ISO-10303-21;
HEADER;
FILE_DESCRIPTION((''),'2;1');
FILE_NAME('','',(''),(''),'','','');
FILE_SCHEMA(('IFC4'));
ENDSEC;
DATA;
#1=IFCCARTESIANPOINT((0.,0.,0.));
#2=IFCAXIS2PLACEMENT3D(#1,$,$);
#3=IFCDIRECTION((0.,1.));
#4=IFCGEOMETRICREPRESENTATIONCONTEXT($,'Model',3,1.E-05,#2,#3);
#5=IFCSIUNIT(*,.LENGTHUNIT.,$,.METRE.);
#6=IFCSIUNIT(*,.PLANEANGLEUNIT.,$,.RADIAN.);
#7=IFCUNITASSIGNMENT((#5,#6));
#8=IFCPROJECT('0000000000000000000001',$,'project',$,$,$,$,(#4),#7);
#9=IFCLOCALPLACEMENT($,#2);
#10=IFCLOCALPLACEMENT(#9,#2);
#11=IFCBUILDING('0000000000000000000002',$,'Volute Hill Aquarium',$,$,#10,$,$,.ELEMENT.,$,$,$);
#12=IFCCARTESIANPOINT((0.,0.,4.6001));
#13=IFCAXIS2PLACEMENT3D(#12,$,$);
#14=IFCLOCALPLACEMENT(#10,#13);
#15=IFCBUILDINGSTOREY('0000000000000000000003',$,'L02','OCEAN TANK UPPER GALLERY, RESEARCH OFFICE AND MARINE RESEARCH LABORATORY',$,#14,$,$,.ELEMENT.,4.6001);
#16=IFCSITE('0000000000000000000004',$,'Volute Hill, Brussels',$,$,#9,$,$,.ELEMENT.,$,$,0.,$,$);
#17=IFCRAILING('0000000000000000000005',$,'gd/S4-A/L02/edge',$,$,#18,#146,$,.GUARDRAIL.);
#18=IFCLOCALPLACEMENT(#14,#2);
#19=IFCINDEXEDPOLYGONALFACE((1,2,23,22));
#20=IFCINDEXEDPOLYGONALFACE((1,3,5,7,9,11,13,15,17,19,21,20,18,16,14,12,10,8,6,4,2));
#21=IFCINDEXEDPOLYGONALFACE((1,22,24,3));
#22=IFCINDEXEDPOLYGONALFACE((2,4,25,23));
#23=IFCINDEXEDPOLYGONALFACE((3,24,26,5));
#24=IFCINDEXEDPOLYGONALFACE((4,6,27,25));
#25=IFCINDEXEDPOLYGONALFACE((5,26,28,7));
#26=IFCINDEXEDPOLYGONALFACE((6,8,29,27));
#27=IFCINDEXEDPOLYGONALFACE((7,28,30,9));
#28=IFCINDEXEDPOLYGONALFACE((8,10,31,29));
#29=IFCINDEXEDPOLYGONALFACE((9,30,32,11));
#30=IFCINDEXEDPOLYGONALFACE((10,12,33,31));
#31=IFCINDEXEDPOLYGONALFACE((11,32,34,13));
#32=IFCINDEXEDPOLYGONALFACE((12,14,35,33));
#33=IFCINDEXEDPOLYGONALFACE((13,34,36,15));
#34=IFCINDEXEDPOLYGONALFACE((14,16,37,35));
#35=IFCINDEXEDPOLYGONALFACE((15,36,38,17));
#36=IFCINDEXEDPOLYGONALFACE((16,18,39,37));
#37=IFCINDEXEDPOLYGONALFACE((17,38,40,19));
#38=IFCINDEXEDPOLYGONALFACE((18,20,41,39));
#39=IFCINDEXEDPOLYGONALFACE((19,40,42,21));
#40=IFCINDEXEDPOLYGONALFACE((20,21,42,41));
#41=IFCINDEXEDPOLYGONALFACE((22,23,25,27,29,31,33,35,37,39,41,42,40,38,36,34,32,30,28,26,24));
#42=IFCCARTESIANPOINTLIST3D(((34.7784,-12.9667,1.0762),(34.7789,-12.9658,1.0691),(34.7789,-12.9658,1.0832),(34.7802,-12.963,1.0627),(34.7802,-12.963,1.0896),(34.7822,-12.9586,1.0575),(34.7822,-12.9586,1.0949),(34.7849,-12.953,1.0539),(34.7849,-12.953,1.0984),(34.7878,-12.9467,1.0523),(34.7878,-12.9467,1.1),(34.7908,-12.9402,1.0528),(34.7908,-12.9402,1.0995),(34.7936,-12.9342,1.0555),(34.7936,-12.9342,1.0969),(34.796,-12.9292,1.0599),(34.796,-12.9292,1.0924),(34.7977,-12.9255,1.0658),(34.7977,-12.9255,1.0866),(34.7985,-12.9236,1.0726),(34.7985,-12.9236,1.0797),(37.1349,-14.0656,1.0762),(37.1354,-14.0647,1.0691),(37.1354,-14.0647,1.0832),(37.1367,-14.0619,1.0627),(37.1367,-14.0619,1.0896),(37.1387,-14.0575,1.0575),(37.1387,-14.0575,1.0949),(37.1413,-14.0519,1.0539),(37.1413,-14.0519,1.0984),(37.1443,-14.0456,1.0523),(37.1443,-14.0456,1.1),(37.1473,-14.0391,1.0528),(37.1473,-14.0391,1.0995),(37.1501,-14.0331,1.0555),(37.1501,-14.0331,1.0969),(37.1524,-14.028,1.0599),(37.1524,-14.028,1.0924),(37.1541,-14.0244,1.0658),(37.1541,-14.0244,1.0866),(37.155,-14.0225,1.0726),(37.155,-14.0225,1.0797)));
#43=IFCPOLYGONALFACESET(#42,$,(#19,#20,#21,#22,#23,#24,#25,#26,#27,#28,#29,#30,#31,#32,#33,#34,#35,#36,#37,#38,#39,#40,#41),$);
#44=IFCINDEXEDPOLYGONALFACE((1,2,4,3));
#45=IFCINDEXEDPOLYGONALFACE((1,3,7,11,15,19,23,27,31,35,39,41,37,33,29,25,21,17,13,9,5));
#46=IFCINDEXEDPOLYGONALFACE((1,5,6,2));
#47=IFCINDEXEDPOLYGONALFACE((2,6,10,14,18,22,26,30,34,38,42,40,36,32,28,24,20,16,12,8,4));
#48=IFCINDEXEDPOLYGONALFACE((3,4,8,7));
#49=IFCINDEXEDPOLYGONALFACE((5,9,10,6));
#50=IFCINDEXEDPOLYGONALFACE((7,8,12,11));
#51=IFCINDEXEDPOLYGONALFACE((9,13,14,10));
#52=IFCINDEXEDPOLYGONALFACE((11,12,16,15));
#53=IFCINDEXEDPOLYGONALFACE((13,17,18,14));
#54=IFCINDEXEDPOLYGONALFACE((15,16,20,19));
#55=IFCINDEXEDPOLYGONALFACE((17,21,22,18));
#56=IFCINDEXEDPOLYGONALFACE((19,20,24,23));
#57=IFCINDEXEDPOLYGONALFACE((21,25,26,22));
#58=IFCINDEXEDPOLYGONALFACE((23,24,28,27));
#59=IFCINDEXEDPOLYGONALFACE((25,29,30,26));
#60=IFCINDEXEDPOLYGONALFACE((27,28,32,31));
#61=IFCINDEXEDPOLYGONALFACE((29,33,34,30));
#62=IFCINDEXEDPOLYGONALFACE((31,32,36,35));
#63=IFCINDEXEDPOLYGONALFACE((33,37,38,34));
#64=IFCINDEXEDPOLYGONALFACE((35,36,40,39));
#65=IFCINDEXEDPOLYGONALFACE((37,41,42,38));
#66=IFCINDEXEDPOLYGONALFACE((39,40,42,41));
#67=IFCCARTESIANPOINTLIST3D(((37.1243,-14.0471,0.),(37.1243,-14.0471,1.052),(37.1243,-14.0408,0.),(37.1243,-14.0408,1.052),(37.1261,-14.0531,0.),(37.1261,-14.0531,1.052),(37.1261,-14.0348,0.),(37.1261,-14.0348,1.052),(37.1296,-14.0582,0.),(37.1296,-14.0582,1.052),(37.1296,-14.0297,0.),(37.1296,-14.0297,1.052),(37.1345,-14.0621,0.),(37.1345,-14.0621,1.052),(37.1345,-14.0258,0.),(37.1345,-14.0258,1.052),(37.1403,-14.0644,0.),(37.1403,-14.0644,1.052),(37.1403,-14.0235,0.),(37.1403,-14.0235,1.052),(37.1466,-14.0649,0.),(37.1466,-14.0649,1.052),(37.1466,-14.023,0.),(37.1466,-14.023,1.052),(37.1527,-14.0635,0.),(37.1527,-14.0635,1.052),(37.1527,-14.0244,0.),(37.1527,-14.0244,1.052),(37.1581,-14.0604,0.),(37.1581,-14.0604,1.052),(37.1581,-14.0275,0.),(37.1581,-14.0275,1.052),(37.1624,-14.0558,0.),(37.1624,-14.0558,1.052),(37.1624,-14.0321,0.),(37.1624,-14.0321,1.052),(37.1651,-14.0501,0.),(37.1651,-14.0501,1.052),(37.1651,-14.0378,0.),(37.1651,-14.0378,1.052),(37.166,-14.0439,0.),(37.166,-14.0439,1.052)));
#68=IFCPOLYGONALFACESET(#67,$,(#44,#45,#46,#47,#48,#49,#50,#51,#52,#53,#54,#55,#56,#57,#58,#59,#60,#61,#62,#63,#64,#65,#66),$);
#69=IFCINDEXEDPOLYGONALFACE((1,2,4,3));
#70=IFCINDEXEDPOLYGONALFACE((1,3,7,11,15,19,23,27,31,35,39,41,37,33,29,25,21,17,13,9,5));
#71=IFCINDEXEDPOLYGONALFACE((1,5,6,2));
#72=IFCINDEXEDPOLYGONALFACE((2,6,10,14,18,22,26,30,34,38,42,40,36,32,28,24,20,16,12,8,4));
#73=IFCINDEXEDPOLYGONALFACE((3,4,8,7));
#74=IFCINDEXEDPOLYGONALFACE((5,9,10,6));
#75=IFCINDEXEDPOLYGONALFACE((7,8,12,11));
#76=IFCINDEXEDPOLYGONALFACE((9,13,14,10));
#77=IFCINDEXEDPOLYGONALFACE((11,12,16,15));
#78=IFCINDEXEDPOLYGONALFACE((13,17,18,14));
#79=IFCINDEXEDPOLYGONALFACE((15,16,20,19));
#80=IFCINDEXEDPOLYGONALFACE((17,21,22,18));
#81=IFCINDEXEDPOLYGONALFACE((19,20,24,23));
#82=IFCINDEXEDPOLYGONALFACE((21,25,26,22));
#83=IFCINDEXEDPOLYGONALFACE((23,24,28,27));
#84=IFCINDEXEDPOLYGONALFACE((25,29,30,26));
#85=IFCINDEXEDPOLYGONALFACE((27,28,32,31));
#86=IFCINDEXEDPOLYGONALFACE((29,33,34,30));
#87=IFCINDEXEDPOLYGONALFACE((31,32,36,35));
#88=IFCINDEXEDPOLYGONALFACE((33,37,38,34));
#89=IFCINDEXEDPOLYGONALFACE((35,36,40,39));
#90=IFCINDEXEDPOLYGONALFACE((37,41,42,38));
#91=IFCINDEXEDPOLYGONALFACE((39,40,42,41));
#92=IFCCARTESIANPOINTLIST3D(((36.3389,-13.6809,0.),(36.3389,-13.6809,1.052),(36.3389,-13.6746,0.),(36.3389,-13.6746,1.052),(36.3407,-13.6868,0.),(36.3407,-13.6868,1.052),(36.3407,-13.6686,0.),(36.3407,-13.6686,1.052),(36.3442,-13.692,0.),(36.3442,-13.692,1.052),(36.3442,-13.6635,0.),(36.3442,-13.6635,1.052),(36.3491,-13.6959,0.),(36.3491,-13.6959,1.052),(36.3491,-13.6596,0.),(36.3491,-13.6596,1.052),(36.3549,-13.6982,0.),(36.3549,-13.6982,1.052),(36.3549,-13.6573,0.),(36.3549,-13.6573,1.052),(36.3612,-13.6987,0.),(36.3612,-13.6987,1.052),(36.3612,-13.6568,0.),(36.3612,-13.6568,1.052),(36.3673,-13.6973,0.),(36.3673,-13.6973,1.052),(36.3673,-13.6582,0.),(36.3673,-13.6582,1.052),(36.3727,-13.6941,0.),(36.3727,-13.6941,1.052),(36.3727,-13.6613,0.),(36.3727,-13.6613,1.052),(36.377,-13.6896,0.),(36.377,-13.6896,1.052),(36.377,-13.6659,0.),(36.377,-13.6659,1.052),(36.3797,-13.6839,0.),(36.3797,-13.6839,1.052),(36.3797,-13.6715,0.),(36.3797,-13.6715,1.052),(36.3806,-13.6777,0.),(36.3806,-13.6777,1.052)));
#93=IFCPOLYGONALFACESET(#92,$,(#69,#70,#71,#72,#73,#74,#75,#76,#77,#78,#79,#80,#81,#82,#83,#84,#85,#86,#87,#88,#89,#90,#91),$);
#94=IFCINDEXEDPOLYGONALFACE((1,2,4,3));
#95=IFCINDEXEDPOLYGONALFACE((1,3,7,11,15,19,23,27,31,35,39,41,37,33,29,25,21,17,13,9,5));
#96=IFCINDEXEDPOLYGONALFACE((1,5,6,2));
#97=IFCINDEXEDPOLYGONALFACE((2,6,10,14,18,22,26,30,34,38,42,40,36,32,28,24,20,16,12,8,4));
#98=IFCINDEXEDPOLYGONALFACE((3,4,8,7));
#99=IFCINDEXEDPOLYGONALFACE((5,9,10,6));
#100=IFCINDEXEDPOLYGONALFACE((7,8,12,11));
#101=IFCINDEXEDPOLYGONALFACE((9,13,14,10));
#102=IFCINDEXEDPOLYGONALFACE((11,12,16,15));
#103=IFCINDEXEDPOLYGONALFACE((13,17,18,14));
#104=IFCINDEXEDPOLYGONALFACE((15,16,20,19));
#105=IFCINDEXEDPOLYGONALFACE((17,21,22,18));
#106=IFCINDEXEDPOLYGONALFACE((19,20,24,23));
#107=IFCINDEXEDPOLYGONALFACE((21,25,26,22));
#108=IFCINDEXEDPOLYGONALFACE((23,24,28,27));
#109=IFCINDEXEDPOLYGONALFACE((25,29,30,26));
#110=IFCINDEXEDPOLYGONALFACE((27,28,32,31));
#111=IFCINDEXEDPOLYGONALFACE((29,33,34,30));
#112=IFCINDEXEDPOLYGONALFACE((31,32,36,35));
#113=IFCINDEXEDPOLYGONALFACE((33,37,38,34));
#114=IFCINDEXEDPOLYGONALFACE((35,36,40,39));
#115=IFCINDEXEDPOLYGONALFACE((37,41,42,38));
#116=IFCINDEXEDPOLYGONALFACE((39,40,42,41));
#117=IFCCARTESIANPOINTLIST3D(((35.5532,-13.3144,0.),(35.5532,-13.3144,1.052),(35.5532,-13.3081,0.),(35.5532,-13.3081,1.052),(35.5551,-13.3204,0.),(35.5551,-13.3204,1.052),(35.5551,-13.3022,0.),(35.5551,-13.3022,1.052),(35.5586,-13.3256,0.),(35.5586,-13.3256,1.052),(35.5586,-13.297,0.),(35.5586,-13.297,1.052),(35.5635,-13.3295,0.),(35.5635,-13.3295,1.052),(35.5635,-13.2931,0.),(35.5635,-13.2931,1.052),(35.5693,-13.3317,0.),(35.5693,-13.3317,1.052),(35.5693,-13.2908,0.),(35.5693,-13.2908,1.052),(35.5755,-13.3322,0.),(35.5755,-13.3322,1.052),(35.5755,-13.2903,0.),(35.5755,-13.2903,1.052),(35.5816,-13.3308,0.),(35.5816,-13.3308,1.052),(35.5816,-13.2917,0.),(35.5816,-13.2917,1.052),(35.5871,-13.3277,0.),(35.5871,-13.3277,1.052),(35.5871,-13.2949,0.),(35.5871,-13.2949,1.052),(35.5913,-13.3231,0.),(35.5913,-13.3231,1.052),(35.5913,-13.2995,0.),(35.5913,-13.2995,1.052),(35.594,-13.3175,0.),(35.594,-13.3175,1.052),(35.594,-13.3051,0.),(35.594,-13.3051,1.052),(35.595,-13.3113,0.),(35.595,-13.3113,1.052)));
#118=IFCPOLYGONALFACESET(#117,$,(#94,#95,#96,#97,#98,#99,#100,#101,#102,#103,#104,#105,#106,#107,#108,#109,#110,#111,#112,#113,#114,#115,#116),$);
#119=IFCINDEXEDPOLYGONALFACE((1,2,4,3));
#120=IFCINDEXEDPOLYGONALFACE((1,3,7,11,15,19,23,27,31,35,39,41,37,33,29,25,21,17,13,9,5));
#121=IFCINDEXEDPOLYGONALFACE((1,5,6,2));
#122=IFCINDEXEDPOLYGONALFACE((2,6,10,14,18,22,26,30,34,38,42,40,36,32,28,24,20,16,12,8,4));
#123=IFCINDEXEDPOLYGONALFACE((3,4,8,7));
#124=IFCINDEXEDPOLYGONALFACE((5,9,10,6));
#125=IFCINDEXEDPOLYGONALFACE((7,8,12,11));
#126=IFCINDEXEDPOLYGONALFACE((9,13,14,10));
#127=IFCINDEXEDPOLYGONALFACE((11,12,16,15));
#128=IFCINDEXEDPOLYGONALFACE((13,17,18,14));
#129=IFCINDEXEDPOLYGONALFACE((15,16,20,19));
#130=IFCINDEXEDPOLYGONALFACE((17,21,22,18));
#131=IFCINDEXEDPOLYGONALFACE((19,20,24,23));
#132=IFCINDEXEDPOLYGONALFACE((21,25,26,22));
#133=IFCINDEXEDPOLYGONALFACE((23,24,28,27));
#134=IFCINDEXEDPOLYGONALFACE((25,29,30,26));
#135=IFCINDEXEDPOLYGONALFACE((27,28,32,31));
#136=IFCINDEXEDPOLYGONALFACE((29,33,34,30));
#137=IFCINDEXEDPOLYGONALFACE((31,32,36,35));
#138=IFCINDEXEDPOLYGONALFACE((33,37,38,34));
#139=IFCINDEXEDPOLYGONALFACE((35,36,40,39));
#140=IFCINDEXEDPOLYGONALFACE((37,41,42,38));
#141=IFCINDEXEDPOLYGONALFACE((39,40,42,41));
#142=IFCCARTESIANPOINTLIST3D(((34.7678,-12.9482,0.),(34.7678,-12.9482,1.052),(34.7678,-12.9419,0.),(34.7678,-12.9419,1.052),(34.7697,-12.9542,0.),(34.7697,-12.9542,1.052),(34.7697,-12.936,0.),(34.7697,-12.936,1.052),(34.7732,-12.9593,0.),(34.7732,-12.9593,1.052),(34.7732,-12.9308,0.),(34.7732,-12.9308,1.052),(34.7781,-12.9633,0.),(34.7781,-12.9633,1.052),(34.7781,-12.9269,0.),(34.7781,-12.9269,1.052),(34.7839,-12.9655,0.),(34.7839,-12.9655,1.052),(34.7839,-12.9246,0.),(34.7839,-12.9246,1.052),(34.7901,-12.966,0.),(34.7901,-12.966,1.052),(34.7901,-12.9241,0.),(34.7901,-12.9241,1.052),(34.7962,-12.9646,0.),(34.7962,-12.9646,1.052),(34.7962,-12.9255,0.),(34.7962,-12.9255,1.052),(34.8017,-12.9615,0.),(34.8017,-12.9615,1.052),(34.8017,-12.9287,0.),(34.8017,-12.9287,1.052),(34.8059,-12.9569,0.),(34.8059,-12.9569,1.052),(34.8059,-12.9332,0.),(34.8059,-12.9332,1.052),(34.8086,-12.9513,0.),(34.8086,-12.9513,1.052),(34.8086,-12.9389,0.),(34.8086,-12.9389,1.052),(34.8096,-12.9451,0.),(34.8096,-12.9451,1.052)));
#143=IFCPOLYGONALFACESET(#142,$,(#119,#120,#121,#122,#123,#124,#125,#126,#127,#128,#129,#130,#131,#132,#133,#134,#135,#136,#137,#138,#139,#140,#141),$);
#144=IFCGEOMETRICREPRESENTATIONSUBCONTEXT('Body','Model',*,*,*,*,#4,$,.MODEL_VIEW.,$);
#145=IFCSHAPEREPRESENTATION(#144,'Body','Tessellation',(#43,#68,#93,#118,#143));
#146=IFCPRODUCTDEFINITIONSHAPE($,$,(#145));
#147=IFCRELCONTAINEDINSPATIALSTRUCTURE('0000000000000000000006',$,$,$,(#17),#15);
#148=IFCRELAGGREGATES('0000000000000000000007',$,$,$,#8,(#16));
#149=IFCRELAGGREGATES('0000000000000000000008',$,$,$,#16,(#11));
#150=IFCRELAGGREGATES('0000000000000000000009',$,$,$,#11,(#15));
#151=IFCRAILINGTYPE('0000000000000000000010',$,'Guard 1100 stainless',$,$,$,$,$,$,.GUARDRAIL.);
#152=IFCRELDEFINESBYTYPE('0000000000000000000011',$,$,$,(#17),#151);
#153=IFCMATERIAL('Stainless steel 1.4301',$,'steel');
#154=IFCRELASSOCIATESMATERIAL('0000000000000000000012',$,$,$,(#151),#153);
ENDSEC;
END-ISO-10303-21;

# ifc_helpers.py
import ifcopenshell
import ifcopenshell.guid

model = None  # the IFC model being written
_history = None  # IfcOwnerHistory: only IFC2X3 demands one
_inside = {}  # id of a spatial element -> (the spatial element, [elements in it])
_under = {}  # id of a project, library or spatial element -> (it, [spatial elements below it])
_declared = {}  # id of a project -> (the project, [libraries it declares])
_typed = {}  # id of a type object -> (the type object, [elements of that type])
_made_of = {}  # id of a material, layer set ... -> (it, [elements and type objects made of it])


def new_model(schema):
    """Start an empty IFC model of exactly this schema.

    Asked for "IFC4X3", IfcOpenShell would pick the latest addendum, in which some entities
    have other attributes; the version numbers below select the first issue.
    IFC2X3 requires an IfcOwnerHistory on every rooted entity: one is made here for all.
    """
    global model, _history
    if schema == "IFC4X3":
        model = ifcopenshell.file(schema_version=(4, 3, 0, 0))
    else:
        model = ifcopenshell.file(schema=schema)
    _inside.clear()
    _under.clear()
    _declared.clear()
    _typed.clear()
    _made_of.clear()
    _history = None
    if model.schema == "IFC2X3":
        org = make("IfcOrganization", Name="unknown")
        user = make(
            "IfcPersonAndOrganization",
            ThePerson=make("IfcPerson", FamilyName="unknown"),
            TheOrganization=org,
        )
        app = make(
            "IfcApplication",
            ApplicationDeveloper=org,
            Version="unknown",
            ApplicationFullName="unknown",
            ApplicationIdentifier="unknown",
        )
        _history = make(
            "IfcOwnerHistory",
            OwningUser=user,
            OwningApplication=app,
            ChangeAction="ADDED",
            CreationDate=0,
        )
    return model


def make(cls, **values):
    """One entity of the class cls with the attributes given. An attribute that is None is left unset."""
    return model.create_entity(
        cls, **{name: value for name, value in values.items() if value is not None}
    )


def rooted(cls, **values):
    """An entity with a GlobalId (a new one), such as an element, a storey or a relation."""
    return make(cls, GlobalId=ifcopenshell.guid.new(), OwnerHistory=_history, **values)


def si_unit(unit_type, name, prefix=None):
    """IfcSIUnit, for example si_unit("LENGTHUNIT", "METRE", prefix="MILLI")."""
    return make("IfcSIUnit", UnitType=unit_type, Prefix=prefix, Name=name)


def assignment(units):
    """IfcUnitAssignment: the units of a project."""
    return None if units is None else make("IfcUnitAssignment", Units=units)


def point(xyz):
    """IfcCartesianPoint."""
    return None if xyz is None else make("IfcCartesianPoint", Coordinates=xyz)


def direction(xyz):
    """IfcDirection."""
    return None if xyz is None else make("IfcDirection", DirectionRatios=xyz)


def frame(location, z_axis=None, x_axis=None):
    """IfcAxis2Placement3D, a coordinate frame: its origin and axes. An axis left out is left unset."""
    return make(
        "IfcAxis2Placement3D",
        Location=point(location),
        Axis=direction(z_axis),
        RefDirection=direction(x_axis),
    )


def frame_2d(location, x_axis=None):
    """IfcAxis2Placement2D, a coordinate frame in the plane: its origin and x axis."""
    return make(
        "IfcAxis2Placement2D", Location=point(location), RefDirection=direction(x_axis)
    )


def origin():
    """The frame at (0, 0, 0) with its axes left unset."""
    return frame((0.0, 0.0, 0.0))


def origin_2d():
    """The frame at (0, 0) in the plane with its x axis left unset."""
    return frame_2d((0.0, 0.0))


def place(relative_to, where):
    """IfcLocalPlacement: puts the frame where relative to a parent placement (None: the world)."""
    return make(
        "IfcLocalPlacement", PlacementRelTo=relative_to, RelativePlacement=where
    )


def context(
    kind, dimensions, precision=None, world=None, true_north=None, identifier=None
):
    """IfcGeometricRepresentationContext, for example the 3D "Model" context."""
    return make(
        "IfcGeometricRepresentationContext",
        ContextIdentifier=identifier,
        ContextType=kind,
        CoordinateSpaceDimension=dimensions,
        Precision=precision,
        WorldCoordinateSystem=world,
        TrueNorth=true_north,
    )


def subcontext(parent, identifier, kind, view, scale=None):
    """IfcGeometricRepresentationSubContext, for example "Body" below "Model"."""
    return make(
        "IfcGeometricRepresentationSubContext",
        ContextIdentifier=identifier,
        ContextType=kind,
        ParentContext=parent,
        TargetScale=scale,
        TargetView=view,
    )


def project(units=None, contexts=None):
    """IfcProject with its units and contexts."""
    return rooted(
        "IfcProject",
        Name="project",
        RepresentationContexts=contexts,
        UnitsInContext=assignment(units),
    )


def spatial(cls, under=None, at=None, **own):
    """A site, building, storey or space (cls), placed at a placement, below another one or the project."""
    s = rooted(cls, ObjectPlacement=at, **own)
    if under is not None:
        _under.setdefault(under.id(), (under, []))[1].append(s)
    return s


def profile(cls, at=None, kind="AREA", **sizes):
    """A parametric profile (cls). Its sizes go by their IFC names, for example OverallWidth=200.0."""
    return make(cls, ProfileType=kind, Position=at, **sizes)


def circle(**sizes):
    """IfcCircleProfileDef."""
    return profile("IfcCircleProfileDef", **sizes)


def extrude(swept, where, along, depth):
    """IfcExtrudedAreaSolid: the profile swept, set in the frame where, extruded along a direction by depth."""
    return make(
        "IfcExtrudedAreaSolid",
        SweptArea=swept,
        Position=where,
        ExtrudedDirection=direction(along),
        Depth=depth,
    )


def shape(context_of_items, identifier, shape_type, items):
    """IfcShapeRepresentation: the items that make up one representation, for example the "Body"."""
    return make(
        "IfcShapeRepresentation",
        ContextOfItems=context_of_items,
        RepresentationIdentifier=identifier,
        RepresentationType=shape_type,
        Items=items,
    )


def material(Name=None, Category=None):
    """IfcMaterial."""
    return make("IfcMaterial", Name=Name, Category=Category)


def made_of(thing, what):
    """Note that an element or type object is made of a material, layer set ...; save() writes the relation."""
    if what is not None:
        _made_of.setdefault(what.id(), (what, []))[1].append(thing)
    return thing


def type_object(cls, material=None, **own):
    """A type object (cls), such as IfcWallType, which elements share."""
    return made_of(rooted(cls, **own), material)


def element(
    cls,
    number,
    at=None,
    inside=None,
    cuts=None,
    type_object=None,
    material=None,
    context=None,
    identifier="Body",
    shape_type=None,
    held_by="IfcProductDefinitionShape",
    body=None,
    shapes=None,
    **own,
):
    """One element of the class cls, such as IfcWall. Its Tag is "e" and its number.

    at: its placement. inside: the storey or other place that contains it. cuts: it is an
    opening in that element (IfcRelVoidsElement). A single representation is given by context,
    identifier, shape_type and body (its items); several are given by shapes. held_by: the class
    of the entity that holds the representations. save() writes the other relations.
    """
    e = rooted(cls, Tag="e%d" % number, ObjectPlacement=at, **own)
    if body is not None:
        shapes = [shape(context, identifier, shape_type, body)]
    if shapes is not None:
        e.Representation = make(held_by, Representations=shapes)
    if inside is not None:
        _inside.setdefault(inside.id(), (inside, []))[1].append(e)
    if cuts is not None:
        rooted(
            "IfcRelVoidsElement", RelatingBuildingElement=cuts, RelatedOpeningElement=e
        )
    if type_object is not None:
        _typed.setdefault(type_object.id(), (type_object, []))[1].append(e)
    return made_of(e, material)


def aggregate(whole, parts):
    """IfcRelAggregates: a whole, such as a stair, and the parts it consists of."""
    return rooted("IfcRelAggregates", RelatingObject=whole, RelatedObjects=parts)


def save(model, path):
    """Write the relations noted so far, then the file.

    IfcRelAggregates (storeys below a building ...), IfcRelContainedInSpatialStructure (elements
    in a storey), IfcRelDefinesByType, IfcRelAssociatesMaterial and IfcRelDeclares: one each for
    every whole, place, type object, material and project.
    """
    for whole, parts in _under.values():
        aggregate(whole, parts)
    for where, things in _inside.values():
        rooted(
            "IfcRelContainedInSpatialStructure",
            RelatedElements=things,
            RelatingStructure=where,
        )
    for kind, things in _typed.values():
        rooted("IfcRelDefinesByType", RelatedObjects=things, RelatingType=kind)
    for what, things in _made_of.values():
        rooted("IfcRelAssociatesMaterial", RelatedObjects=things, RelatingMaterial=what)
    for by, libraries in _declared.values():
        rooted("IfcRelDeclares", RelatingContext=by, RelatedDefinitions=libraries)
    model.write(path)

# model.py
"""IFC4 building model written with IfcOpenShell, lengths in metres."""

from ifc_helpers import new_model, si_unit, direction, frame, origin, origin_2d, place, context, subcontext, project, spatial, circle, extrude, material, type_object, element, save


model = new_model("IFC4")

# Units and contexts
model_context = context("Model", 3, precision=1e-05, world=origin(), true_north=direction((0.0, 1.0)))
body_context = subcontext(model_context, "Body", "Model", "MODEL_VIEW")
ifc_project = project(units=[si_unit("LENGTHUNIT", "METRE"), si_unit("PLANEANGLEUNIT", "RADIAN")], contexts=[model_context])

# Site, building, storey
site_placement = place(None, origin())
site = spatial("IfcSite", under=ifc_project, at=site_placement, Name="Volute Hill, Brussels", CompositionType="ELEMENT", RefElevation=0.0)
building_placement = place(site_placement, origin())
building = spatial("IfcBuilding", under=site, at=building_placement, Name="Volute Hill Aquarium", CompositionType="ELEMENT")
storey_placement = place(building_placement, frame((0.0, 0.0, 4.6001)))
storey = spatial("IfcBuildingStorey", under=building, at=storey_placement, Name="L02", Description="OCEAN TANK UPPER GALLERY, RESEARCH OFFICE AND MARINE RESEARCH LABORATORY", CompositionType="ELEMENT", Elevation=4.6001)

# Railing
ifc_material_1 = material(Name="Stainless steel 1.4301", Category="steel")
railing_type_1 = type_object("IfcRailingType", Name="Guard 1100 stainless", PredefinedType="GUARDRAIL", material=ifc_material_1)
railing_1_placement = place(storey_placement, frame((37.145, -14.0439, 0.0)))
element("IfcRailing", 1, at=railing_1_placement, inside=storey, type_object=railing_type_1, Name="gd/S4-A/L02/edge", PredefinedType="GUARDRAIL", context=body_context, shape_type="SweptSolid", body=[
    extrude(circle(Radius=0.0239, at=origin_2d()), frame((0.0, 0.0, 1.0762), z_axis=(-0.906301, 0.422634, 0.0), x_axis=(-0.422634, -0.906301, 0.0)), (0.0, 0.0, 1.0), 2.6001),
    extrude(circle(Radius=0.021, at=origin_2d()), origin(), (0.0, 0.0, 1.0), 1.052),
    extrude(circle(Radius=0.021, at=origin_2d()), frame((-0.7854, 0.3662, 0.0)), (0.0, 0.0, 1.0), 1.052),
    extrude(circle(Radius=0.021, at=origin_2d()), frame((-1.571, 0.7327, 0.0)), (0.0, 0.0, 1.0), 1.052),
    extrude(circle(Radius=0.021, at=origin_2d()), frame((-2.3564, 1.0989, 0.0)), (0.0, 0.0, 1.0), 1.052),
])

save(model, "model.ifc")
